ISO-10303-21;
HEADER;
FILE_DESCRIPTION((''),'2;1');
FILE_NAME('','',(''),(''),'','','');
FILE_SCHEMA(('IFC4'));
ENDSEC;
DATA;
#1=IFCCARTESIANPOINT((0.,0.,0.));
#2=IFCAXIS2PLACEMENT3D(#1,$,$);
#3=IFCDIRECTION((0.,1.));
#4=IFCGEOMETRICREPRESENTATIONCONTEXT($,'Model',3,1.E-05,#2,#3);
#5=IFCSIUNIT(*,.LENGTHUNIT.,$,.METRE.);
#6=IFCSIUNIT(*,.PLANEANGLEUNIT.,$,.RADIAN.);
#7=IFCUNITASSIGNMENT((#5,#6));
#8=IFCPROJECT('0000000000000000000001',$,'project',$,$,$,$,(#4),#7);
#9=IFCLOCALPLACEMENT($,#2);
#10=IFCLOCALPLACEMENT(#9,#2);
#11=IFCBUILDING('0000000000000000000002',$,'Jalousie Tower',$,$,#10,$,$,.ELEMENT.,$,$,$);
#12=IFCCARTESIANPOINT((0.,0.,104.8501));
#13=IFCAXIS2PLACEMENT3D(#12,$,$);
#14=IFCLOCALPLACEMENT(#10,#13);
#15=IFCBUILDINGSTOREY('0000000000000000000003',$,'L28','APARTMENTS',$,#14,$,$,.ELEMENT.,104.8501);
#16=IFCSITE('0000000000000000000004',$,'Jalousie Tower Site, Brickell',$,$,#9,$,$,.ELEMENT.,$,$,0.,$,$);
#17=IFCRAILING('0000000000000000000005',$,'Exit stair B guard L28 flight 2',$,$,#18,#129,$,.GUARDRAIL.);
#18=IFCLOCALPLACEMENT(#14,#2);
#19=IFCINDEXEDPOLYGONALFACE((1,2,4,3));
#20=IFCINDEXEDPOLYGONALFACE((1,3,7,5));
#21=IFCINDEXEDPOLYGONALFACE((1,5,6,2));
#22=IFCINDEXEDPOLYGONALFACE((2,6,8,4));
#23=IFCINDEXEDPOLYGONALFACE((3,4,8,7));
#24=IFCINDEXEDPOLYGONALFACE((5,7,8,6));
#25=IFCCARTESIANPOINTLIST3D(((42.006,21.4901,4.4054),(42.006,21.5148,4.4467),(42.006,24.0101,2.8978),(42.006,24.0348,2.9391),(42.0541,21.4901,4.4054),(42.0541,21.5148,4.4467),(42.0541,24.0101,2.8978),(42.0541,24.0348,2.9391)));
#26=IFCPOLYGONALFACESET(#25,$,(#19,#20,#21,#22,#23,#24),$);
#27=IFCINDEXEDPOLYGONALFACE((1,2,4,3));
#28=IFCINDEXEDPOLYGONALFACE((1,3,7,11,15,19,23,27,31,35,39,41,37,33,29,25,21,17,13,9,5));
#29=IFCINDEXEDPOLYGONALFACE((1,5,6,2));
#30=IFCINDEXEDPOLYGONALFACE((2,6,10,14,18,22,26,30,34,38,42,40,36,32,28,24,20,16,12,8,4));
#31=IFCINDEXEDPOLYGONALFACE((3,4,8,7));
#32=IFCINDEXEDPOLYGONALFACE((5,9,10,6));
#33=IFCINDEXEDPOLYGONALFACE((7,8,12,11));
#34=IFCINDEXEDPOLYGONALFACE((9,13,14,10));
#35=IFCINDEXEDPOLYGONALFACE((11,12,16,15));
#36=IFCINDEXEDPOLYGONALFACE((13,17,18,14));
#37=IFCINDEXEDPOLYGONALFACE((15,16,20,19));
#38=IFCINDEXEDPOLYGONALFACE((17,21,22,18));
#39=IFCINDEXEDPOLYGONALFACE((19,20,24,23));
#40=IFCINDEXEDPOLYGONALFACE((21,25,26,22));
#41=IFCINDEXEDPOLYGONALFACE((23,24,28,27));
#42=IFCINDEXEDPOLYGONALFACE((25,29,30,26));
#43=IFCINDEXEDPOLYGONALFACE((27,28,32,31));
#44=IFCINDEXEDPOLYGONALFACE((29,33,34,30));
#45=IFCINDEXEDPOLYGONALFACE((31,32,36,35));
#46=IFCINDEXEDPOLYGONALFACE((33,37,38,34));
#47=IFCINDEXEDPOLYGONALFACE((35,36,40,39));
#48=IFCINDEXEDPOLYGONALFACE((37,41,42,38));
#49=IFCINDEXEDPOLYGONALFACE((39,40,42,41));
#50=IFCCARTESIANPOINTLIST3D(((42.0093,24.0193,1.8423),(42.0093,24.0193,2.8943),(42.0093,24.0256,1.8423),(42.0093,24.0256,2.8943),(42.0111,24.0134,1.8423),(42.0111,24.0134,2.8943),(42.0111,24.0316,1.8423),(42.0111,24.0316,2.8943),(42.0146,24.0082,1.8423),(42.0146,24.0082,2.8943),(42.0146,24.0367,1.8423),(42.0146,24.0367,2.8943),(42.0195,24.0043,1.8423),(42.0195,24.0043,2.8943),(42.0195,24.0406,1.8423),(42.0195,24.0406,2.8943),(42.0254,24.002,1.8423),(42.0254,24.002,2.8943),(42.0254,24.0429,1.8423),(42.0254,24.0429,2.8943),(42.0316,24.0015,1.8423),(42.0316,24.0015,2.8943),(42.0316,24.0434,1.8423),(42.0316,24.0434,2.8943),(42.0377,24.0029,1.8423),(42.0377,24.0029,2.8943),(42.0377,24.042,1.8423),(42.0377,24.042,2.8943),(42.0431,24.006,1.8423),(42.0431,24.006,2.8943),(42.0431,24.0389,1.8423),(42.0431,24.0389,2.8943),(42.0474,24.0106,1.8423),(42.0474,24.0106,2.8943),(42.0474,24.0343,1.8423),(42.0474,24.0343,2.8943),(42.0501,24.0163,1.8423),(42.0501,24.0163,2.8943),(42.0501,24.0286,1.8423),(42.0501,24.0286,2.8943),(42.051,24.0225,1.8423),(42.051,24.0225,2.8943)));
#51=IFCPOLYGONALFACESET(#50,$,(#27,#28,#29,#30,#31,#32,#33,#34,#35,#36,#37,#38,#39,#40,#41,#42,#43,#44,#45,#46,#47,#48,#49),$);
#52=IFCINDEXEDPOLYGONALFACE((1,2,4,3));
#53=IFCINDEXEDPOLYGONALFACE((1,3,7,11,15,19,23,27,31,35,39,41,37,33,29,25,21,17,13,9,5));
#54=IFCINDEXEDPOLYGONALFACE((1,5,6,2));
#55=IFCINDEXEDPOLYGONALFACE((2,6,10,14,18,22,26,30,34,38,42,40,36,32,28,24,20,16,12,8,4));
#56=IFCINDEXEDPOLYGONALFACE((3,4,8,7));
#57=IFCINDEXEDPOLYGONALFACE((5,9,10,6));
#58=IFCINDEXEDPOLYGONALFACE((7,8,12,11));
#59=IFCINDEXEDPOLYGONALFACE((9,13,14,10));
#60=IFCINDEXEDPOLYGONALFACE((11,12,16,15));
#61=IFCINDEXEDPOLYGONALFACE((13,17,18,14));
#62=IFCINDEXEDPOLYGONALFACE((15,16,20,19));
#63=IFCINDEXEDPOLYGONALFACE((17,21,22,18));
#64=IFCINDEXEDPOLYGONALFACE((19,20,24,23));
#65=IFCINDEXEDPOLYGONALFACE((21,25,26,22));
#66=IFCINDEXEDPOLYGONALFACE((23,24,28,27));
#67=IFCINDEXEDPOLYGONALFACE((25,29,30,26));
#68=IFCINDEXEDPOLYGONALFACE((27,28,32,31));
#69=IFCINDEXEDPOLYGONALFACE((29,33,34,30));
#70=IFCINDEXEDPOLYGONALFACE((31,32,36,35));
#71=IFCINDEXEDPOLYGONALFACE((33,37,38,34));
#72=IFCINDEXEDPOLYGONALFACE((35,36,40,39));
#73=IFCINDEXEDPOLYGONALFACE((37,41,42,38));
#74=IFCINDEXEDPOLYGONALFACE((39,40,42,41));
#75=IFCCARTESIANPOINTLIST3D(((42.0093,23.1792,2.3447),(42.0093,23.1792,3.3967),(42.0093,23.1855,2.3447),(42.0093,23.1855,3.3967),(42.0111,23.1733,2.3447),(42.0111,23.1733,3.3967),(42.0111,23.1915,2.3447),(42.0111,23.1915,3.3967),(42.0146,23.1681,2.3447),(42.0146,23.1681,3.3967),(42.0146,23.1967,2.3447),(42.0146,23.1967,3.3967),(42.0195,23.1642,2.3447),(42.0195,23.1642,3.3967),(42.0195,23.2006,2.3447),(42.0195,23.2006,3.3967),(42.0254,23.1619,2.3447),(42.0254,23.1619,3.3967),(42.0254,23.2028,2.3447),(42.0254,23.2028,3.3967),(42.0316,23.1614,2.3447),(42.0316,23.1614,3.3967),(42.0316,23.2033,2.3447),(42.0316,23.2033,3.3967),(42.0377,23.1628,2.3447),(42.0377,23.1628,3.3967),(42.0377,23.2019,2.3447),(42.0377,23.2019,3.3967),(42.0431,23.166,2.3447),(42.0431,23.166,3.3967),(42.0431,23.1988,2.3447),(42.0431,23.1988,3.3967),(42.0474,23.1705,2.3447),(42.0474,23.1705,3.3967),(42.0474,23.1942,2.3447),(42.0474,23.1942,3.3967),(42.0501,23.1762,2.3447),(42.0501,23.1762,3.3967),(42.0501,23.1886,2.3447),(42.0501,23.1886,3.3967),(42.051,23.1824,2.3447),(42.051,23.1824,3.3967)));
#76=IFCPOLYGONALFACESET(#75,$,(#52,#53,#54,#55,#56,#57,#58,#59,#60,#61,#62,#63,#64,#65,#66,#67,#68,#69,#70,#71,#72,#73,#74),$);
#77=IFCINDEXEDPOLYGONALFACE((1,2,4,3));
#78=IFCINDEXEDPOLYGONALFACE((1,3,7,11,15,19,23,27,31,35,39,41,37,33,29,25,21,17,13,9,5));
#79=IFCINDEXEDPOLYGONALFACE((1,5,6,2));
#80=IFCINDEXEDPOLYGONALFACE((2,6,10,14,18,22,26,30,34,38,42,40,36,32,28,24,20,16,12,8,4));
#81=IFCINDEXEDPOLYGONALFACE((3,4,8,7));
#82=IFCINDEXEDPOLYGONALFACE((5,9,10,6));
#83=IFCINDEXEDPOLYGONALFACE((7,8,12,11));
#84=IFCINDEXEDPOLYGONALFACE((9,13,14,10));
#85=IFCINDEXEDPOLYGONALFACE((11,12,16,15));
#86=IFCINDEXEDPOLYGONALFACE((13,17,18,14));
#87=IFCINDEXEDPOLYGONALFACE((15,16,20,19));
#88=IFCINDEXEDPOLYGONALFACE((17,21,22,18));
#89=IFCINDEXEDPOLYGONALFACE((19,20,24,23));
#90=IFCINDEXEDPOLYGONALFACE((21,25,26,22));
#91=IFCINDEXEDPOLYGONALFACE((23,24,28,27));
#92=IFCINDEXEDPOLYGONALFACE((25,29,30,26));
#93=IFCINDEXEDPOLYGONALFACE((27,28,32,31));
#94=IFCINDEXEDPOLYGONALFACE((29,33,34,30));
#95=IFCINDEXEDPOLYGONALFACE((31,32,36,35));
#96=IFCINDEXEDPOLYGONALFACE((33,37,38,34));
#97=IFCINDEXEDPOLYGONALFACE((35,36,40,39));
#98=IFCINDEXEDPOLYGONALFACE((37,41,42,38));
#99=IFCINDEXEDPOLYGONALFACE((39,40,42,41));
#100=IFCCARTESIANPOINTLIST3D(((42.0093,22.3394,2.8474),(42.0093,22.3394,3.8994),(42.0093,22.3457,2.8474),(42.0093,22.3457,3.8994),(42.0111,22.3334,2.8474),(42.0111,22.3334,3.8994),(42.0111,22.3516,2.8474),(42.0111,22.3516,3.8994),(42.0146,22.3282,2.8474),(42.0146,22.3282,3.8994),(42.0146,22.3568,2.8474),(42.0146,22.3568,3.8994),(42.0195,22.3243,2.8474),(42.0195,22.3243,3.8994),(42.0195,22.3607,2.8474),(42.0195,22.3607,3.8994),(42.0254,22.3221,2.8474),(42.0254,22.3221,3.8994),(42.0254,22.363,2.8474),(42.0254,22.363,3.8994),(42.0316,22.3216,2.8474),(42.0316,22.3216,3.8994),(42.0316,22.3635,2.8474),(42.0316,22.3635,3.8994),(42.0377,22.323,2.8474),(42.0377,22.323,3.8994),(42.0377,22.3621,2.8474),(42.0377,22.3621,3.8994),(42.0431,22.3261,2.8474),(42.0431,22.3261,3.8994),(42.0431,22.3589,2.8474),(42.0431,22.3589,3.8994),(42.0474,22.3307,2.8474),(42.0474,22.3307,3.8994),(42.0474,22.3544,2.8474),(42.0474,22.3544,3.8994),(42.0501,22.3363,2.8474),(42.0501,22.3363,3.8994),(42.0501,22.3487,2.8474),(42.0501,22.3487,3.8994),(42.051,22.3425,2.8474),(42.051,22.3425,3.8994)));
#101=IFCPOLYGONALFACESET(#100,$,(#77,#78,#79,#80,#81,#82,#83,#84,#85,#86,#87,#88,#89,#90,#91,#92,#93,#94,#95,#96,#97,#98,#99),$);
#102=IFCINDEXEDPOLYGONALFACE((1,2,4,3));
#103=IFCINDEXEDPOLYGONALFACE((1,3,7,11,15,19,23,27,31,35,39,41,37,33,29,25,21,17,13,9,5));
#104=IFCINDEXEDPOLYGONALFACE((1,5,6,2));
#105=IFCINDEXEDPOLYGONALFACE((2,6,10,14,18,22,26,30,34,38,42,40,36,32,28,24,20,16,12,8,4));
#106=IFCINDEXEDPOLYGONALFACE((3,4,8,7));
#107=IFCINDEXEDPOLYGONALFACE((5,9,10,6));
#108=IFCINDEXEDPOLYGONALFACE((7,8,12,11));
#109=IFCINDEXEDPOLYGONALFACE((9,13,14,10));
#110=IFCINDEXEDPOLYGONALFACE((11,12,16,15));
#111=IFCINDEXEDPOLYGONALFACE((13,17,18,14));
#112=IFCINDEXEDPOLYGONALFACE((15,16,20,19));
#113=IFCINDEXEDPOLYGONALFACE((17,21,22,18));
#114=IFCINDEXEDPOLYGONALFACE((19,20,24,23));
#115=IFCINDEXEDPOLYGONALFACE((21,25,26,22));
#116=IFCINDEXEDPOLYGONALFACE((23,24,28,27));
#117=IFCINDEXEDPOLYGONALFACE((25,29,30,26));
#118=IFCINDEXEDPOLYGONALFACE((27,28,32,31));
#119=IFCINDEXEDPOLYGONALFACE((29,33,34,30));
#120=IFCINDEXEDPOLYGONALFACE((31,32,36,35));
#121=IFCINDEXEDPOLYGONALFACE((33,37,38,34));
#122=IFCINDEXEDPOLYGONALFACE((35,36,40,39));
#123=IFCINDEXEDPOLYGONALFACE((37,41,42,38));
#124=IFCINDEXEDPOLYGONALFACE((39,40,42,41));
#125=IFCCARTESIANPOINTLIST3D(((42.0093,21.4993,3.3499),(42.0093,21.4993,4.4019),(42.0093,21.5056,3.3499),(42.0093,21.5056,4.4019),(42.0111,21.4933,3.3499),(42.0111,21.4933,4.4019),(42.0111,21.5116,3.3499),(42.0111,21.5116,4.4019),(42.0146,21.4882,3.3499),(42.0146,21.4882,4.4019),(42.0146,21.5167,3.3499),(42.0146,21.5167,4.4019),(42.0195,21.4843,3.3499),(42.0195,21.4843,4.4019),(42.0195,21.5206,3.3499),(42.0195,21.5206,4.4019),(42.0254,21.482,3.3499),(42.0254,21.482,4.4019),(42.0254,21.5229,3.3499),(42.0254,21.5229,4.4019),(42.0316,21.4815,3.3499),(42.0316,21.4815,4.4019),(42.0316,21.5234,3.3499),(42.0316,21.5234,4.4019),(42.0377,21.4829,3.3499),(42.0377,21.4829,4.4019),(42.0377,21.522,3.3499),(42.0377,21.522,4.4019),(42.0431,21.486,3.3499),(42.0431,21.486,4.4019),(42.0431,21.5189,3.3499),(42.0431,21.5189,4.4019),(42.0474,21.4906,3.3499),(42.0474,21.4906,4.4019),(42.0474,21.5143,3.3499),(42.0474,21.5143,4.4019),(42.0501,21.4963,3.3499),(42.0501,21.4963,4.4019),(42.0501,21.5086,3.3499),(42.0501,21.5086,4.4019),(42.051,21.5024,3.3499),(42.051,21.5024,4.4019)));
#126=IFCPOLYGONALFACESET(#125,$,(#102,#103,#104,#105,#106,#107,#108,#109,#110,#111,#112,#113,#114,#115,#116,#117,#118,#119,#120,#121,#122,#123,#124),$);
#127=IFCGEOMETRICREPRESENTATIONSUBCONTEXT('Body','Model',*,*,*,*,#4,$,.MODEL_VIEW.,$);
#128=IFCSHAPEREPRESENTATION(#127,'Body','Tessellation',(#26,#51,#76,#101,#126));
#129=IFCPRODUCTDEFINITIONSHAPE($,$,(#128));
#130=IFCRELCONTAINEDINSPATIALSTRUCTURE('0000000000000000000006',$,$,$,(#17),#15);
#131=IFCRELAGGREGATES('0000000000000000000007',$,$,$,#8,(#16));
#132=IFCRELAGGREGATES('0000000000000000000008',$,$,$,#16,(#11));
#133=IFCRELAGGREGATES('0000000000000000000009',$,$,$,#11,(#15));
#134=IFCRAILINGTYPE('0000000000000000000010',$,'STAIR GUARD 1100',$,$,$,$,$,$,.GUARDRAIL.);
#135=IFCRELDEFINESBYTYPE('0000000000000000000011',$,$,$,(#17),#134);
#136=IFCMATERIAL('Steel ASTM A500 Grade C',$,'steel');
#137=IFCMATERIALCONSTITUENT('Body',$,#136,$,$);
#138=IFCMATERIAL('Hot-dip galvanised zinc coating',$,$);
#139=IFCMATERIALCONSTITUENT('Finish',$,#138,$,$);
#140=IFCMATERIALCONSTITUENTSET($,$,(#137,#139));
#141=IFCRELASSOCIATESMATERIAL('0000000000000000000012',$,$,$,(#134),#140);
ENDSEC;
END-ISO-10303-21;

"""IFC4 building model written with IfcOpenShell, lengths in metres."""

from ifc_helpers import new_model, si_unit, direction, frame, origin, origin_2d, place, context, subcontext, project, spatial, rectangle, circle, extrude, material, constituent, constituent_set, type_object, element, save


model = new_model("IFC4")

# Units and contexts
model_context = context("Model", 3, precision=1e-05, world=origin(), true_north=direction((0.0, 1.0)))
body_context = subcontext(model_context, "Body", "Model", "MODEL_VIEW")
ifc_project = project(units=[si_unit("LENGTHUNIT", "METRE"), si_unit("PLANEANGLEUNIT", "RADIAN")], contexts=[model_context])

# Site, building, storey
site_placement = place(None, origin())
site = spatial("IfcSite", under=ifc_project, at=site_placement, Name="Jalousie Tower Site, Brickell", CompositionType="ELEMENT", RefElevation=0.0)
building_placement = place(site_placement, origin())
building = spatial("IfcBuilding", under=site, at=building_placement, Name="Jalousie Tower", CompositionType="ELEMENT")
storey_placement = place(building_placement, frame((0.0, 0.0, 104.8501)))
storey = spatial("IfcBuildingStorey", under=building, at=storey_placement, Name="L28", Description="APARTMENTS", CompositionType="ELEMENT", Elevation=104.8501)

# Railing
ifc_material_1 = material(Name="Steel ASTM A500 Grade C", Category="steel")
ifc_constituent_1 = constituent(ifc_material_1, Name="Body")
ifc_material_2 = material(Name="Hot-dip galvanised zinc coating")
ifc_constituent_2 = constituent(ifc_material_2, Name="Finish")
ifc_constituent_set_1 = constituent_set(constituents=[ifc_constituent_1, ifc_constituent_2])
railing_type_1 = type_object("IfcRailingType", Name="STAIR GUARD 1100", PredefinedType="GUARDRAIL", material=ifc_constituent_set_1)
railing_1_placement = place(storey_placement, frame((42.03, 24.0225, 1.8423)))
element("IfcRailing", 1, at=railing_1_placement, inside=storey, type_object=railing_type_1, Name="Exit stair B guard L28 flight 2", PredefinedType="GUARDRAIL", context=body_context, shape_type="SweptSolid", body=[
    extrude(rectangle(XDim=0.0481, YDim=0.0481, at=origin_2d()), frame((0.0, 0.0, 1.0762), z_axis=(0.0, -0.85816, 0.513383), x_axis=(1.0, 0.0, 0.0)), (0.0, 0.0, 1.0), 2.9365),
    extrude(circle(Radius=0.021, at=origin_2d()), origin(), (0.0, 0.0, 1.0), 1.052),
    extrude(circle(Radius=0.021, at=origin_2d()), frame((0.0, -0.8401, 0.5024)), (0.0, 0.0, 1.0), 1.052),
    extrude(circle(Radius=0.021, at=origin_2d()), frame((0.0, -1.6799, 1.0051)), (0.0, 0.0, 1.0), 1.052),
    extrude(circle(Radius=0.021, at=origin_2d()), frame((0.0, -2.52, 1.5076)), (0.0, 0.0, 1.0), 1.052),
])

save(model, "model.ifc")
